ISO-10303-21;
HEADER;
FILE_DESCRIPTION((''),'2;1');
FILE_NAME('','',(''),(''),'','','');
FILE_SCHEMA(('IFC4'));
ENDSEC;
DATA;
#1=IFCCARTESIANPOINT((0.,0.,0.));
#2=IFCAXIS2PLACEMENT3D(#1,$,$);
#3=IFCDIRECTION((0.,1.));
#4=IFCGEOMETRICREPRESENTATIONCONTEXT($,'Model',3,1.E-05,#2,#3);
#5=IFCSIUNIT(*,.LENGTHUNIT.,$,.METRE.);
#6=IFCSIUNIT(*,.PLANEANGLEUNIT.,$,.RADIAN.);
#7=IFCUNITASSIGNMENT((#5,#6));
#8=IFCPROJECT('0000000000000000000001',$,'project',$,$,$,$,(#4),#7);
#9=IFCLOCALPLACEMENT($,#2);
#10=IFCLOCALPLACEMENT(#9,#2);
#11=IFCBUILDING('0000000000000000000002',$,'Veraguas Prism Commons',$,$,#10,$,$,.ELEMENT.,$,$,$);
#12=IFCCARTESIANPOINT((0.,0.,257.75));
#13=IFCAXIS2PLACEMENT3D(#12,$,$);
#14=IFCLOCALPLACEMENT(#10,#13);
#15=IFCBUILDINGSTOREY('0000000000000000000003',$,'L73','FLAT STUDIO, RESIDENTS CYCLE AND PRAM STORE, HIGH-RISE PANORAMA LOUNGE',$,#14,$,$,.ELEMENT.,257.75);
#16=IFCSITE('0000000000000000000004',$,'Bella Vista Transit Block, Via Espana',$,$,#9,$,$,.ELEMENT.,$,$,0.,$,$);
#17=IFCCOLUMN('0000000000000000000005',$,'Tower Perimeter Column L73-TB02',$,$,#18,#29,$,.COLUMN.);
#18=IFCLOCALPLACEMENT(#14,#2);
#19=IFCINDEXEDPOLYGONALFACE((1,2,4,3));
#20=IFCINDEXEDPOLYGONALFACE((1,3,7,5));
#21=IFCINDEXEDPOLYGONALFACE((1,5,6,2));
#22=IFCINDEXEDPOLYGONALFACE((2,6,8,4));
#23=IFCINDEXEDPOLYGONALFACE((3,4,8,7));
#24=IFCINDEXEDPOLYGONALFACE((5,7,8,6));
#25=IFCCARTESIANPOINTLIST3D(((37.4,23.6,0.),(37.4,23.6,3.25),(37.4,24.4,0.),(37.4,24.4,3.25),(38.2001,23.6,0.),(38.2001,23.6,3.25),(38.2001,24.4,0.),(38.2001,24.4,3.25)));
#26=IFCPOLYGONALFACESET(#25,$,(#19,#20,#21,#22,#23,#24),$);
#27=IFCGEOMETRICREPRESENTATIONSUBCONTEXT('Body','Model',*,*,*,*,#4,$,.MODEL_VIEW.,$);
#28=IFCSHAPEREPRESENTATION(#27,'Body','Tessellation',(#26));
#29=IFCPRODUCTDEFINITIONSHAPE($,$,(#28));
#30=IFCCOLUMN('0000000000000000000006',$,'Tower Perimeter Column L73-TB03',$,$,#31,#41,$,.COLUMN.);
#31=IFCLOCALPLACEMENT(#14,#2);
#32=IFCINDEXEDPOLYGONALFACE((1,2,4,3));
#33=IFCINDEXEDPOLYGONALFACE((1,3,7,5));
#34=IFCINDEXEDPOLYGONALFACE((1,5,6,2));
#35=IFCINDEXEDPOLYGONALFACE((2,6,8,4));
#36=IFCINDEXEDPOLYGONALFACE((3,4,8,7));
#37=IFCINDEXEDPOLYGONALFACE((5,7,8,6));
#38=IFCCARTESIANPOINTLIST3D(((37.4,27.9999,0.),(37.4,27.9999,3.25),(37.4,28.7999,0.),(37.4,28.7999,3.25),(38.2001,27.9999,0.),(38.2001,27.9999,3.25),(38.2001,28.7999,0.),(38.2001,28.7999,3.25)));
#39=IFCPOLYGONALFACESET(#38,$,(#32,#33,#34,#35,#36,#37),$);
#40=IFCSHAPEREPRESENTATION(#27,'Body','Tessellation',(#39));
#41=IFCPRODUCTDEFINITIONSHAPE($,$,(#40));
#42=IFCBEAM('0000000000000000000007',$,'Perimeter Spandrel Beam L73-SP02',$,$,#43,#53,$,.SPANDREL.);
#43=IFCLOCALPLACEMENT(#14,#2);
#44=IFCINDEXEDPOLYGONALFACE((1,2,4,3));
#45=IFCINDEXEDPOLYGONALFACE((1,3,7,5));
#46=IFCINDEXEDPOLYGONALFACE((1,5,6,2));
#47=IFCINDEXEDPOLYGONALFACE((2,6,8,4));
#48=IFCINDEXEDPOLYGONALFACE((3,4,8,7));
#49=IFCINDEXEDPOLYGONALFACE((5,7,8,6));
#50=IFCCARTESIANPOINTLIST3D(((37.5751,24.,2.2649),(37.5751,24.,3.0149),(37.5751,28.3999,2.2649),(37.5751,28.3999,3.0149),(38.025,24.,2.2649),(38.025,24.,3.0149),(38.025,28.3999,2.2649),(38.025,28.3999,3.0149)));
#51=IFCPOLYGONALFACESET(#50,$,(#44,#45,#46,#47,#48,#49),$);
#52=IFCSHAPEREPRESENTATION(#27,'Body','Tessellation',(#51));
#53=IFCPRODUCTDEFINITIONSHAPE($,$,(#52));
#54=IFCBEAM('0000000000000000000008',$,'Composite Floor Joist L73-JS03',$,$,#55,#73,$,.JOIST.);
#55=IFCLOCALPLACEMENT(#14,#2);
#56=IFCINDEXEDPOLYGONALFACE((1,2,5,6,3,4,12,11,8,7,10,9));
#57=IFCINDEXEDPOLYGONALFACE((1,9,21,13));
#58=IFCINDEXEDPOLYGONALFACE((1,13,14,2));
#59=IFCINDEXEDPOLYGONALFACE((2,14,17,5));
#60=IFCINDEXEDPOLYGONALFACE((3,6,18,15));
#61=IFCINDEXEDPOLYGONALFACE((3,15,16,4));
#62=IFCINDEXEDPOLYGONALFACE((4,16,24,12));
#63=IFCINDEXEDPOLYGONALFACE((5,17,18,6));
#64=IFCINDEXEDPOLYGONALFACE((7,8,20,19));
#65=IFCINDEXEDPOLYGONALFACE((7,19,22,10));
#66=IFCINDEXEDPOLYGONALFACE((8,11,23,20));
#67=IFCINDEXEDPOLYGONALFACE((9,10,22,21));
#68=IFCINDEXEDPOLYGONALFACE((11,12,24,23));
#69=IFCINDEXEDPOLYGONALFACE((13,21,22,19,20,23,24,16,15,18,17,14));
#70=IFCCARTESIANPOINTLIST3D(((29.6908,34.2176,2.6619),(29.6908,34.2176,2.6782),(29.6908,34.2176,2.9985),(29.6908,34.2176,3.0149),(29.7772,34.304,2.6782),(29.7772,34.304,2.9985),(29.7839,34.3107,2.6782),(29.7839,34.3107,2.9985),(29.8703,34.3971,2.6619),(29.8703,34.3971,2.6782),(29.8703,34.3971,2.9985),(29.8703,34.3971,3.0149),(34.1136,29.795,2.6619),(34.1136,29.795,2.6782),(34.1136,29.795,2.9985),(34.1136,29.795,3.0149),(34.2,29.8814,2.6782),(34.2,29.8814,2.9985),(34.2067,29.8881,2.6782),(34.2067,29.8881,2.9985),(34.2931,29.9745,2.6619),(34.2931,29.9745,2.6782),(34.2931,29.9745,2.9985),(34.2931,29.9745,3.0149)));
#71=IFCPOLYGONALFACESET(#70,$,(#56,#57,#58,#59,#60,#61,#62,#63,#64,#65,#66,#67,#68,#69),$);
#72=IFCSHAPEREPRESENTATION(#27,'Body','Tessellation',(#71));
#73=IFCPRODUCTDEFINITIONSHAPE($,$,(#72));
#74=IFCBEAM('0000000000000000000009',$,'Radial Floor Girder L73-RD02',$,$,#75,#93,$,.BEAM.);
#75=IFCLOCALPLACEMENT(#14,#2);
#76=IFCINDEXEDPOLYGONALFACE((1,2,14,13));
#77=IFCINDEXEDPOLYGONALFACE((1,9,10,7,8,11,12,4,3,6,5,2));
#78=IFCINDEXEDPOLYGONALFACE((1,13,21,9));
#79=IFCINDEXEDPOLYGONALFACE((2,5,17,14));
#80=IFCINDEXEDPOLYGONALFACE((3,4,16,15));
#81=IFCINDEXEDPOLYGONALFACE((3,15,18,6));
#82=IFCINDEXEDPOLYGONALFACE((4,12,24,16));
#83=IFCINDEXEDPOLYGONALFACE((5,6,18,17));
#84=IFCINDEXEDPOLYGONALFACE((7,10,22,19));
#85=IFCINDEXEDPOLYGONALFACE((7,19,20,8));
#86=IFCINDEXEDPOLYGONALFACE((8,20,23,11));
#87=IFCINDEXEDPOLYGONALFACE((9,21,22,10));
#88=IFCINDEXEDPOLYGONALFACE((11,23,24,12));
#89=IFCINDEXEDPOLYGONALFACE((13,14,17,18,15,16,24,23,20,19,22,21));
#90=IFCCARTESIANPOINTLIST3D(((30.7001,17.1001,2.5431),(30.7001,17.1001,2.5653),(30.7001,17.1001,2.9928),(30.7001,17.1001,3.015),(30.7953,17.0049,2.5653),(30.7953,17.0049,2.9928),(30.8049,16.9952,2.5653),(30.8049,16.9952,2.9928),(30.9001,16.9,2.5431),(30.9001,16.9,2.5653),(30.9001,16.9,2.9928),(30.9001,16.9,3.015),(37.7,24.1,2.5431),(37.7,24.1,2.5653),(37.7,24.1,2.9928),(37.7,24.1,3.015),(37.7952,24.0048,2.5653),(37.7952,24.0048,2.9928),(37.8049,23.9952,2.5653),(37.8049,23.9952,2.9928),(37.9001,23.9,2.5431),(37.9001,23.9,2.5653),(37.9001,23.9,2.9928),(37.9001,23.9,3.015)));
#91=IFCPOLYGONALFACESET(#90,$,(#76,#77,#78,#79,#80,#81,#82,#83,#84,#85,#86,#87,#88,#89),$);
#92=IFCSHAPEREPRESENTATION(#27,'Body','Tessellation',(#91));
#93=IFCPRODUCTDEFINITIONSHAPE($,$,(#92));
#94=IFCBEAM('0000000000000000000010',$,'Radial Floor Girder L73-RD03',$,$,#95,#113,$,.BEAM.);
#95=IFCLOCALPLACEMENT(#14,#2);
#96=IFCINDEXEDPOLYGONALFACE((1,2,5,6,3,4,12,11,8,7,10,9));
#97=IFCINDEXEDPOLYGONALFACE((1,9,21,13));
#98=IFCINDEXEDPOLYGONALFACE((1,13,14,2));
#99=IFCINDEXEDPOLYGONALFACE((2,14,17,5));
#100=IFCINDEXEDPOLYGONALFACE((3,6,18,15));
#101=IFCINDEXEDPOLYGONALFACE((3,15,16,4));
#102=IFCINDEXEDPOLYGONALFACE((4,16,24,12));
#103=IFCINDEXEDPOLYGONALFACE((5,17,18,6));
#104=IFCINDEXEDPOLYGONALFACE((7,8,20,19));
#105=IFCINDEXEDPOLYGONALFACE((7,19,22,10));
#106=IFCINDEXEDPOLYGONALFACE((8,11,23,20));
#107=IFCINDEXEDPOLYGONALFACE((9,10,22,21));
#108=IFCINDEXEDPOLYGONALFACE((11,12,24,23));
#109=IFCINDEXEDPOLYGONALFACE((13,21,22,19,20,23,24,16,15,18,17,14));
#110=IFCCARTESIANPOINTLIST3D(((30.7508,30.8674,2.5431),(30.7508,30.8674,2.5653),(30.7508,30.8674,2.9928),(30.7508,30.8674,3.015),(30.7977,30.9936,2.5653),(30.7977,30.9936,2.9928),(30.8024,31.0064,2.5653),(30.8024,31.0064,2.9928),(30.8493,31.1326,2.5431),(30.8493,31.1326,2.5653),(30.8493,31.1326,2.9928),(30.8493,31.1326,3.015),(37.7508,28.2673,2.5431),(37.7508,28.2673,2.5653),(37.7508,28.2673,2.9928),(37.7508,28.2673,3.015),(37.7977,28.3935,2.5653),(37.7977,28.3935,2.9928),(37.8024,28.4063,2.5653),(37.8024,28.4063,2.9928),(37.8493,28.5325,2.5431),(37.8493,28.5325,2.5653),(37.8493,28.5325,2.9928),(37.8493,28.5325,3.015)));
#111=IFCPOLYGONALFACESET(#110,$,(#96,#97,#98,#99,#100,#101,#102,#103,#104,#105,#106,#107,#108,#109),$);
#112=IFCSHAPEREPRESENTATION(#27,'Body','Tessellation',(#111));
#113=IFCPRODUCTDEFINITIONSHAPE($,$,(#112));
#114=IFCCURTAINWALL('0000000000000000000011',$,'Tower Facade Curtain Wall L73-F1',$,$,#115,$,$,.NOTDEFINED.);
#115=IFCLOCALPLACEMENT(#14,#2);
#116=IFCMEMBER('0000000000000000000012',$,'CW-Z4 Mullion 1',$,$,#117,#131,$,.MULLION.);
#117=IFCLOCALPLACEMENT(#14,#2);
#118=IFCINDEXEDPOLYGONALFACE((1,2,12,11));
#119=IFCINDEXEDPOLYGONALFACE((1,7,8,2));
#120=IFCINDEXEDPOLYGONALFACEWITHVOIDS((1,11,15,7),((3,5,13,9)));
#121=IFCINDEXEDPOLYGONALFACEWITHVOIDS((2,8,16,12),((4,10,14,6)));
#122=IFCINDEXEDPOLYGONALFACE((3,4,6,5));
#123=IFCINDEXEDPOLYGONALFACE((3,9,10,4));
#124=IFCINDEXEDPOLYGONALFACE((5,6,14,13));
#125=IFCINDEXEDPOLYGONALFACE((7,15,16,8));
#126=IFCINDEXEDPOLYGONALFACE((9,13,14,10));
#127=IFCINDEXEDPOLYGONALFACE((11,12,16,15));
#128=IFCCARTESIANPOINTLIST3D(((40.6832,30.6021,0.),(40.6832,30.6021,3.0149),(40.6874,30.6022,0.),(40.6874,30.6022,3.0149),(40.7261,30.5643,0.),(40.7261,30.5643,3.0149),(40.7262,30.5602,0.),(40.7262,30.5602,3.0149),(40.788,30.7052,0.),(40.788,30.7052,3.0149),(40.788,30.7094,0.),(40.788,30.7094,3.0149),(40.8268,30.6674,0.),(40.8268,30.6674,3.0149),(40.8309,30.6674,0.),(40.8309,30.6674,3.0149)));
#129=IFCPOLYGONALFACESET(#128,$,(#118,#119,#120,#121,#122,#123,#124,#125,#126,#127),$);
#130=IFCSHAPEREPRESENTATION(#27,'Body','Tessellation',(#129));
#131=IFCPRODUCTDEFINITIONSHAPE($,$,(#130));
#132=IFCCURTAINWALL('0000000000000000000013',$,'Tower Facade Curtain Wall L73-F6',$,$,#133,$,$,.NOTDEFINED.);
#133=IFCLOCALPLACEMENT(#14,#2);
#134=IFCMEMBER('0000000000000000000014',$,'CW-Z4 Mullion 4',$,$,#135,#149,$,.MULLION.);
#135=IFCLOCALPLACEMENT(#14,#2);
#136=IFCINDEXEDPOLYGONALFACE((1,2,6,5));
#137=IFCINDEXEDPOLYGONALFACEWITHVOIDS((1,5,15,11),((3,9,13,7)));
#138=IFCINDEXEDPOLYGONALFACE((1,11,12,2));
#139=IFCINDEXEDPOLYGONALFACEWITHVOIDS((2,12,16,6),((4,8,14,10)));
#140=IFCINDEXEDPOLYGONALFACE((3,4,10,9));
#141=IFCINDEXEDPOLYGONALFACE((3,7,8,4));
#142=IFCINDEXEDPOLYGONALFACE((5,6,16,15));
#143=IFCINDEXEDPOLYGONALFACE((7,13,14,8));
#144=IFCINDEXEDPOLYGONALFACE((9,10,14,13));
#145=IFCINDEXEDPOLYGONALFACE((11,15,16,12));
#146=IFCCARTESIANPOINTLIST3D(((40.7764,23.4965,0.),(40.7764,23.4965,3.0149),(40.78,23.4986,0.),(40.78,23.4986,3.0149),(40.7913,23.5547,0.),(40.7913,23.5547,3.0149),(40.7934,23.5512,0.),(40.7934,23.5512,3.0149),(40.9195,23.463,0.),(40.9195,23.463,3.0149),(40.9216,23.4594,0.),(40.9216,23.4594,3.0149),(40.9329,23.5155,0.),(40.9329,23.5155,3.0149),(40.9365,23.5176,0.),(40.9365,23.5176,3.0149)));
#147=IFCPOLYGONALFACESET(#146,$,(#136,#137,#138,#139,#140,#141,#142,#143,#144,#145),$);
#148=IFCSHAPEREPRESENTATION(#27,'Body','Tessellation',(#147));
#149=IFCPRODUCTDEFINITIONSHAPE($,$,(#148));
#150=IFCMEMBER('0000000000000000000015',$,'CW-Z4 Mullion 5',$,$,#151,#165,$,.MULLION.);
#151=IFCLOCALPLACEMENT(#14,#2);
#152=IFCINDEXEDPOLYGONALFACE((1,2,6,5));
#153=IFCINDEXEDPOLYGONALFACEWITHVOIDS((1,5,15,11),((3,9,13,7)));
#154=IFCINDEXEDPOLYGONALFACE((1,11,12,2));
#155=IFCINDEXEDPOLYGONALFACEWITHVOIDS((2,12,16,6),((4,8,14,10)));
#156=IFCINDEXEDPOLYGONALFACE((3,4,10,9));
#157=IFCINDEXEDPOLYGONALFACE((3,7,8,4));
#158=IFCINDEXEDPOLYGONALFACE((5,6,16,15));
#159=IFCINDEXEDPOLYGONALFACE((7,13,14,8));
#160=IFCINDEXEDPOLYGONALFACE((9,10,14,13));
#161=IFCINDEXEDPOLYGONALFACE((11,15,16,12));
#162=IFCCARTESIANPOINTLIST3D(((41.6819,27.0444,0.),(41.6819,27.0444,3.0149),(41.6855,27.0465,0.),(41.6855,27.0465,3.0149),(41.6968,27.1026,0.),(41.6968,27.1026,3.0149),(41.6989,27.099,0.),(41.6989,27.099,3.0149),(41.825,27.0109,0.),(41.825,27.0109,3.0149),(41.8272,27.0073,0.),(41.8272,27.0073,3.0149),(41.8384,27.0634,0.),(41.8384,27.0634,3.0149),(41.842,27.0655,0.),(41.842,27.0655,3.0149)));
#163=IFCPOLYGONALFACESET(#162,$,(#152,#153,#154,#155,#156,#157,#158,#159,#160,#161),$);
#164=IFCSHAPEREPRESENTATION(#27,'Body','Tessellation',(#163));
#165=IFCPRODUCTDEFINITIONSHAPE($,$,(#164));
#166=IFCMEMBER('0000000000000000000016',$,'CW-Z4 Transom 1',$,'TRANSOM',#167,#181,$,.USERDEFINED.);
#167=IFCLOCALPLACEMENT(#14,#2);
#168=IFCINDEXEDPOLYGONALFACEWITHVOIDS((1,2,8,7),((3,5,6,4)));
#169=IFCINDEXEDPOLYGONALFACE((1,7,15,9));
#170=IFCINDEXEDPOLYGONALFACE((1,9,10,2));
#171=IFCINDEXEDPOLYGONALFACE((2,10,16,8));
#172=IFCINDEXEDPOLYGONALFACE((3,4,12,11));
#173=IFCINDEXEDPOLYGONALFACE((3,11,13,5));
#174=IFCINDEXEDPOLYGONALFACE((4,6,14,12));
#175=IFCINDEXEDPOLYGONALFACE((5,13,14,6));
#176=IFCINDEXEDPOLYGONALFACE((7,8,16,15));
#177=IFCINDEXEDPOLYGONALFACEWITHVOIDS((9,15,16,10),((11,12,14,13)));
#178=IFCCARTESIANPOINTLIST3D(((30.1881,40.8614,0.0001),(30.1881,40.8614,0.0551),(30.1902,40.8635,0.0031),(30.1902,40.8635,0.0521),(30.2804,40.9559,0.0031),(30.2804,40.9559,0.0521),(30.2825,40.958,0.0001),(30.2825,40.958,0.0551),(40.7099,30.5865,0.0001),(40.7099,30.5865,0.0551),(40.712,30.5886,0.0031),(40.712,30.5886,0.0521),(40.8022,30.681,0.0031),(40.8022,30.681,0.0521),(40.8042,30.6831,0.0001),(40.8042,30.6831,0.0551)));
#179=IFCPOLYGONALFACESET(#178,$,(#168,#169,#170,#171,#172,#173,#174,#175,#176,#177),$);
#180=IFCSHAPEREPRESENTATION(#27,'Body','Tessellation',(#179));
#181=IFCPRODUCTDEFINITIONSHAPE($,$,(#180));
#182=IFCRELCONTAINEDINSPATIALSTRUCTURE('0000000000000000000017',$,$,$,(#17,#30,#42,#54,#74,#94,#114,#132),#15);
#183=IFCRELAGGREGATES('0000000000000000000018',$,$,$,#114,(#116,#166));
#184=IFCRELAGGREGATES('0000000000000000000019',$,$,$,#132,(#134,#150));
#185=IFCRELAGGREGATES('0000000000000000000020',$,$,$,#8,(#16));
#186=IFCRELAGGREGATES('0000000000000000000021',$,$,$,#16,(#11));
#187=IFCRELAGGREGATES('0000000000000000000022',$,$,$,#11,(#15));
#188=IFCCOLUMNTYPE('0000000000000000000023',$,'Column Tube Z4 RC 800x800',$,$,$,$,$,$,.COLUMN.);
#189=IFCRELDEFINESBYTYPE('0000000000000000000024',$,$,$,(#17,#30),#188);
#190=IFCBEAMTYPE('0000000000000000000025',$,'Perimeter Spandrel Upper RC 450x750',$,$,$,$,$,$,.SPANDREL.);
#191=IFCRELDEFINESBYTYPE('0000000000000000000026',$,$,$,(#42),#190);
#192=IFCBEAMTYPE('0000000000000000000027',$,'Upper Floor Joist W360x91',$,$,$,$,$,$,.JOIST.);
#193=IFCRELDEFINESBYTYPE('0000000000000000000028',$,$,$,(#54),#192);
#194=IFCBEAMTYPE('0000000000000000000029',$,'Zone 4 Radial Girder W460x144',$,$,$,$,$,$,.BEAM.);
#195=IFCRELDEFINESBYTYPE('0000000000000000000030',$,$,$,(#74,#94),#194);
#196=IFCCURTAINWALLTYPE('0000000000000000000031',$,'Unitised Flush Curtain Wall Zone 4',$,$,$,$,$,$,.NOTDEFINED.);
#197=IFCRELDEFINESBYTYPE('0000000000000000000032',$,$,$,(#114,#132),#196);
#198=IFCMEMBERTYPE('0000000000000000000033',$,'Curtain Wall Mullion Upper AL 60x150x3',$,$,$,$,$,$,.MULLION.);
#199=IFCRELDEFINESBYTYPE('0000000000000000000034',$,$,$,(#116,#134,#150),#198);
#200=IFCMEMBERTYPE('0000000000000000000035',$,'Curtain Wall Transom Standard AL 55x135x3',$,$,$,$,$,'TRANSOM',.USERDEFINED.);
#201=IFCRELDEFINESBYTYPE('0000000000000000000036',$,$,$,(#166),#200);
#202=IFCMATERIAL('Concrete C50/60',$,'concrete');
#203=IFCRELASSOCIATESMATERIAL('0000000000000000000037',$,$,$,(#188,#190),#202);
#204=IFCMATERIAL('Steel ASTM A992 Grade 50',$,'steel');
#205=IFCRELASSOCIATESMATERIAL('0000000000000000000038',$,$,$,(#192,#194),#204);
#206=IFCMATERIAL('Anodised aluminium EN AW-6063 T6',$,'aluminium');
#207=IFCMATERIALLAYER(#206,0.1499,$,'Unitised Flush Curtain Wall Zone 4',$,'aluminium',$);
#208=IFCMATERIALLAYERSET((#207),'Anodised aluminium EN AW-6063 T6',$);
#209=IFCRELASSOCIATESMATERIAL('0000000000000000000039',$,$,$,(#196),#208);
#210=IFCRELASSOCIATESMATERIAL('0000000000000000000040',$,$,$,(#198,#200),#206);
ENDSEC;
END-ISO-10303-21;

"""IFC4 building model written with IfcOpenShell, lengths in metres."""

from ifc_helpers import new_model, si_unit, direction, frame, origin, origin_2d, place, context, subcontext, project, spatial, rectangle, hollow_rectangle, i_section, extrude, source, transform, mapped, material, layer, layer_set, material_profile, profile_set, type_object, element, aggregate, save


model = new_model("IFC4")

# Units and contexts
model_context = context("Model", 3, precision=1e-05, world=origin(), true_north=direction((0.0, 1.0)))
body_context = subcontext(model_context, "Body", "Model", "MODEL_VIEW")
ifc_project = project(units=[si_unit("LENGTHUNIT", "METRE"), si_unit("PLANEANGLEUNIT", "RADIAN")], contexts=[model_context])

# Site, building, storey
site_placement = place(None, origin())
site = spatial("IfcSite", under=ifc_project, at=site_placement, Name="Bella Vista Transit Block, Via Espana", CompositionType="ELEMENT", RefElevation=0.0)
building_placement = place(site_placement, origin())
building = spatial("IfcBuilding", under=site, at=building_placement, Name="Veraguas Prism Commons", CompositionType="ELEMENT")
storey_placement = place(building_placement, frame((0.0, 0.0, 257.75)))
storey = spatial("IfcBuildingStorey", under=building, at=storey_placement, Name="L73", Description="FLAT STUDIO, RESIDENTS CYCLE AND PRAM STORE, HIGH-RISE PANORAMA LOUNGE", CompositionType="ELEMENT", Elevation=257.75)

# Columns
ifc_material_1 = material(Name="Concrete C50/60", Category="concrete")
ifc_material_profile_1 = material_profile(ifc_material_1, rectangle(XDim=0.8, YDim=0.8, at=origin_2d()), Name="RC800X800")
ifc_profile_set_1 = profile_set([ifc_material_profile_1], Name="Concrete C50/60")
column_type = type_object("IfcColumnType", Name="Column Tube Z4 RC 800x800", PredefinedType="COLUMN", material=ifc_profile_set_1)
for number, where, z_axis, x_axis, name in (
    (1, (37.8, 24.0, 0.0), (0.0, 0.0, 1.0), (1.0, 0.0, 0.0), "Tower Perimeter Column L73-TB02"),
    (2, (37.8, 28.3999, 0.0), (0.0, 0.0, 1.0), (1.0, 0.0, 0.0), "Tower Perimeter Column L73-TB03"),
):
    element("IfcColumn", number, at=place(storey_placement, frame(where, z_axis=z_axis, x_axis=x_axis)), inside=storey, type_object=column_type, Name=name, PredefinedType="COLUMN", context=body_context, shape_type="SweptSolid", body=[
        extrude(rectangle(XDim=0.8, YDim=0.8, at=origin_2d()), origin(), (0.0, 0.0, 1.0), 3.25),
    ])

# Beams
ifc_material_profile_2 = material_profile(ifc_material_1, rectangle(XDim=0.45, YDim=0.75, at=origin_2d()), Name="RC450X750")
ifc_profile_set_2 = profile_set([ifc_material_profile_2], Name="Concrete C50/60")
beam_type_1 = type_object("IfcBeamType", Name="Perimeter Spandrel Upper RC 450x750", PredefinedType="SPANDREL", material=ifc_profile_set_2)
beam_1_placement = place(storey_placement, frame((37.8, 24.0, 2.6399), z_axis=(0.0, 1.0, 0.0), x_axis=(-1.0, 0.0, 0.0)))
element("IfcBeam", 3, at=beam_1_placement, inside=storey, type_object=beam_type_1, Name="Perimeter Spandrel Beam L73-SP02", PredefinedType="SPANDREL", context=body_context, shape_type="SweptSolid", body=[
    extrude(rectangle(XDim=0.45, YDim=0.75, at=origin_2d()), origin(), (0.0, 0.0, 1.0), 4.3999),
])
ifc_material_2 = material(Name="Steel ASTM A992 Grade 50", Category="steel")
ifc_material_profile_3 = material_profile(ifc_material_2, i_section(OverallWidth=0.2539, OverallDepth=0.353, WebThickness=0.0095, FlangeThickness=0.0164, at=origin_2d()), Name="W360X91")
ifc_profile_set_3 = profile_set([ifc_material_profile_3], Name="Steel ASTM A992 Grade 50")
beam_type_2 = type_object("IfcBeamType", Name="Upper Floor Joist W360x91", PredefinedType="JOIST", material=ifc_profile_set_3)
beam_2_placement = place(storey_placement, frame((34.2034, 29.8848, 2.8384), z_axis=(-0.707126, 0.707087, 0.0), x_axis=(-0.707087, -0.707126, 0.0)))
element("IfcBeam", 4, at=beam_2_placement, inside=storey, type_object=beam_type_2, Name="Composite Floor Joist L73-JS03", PredefinedType="JOIST", context=body_context, shape_type="SweptSolid", body=[
    extrude(i_section(OverallWidth=0.2539, OverallDepth=0.353, WebThickness=0.0095, FlangeThickness=0.0164, at=origin_2d()), origin(), (0.0, 0.0, 1.0), 6.2546),
])
ifc_material_profile_4 = material_profile(ifc_material_2, i_section(OverallWidth=0.283, OverallDepth=0.4719, WebThickness=0.0137, FlangeThickness=0.0222, at=origin_2d()), Name="W460X144")
ifc_profile_set_4 = profile_set([ifc_material_profile_4], Name="Steel ASTM A992 Grade 50")
beam_type_3 = type_object("IfcBeamType", Name="Zone 4 Radial Girder W460x144", PredefinedType="BEAM", material=ifc_profile_set_4)
beam_3_placement = place(storey_placement, frame((37.8, 24.0, 2.7791), z_axis=(-0.707107, -0.707107, 0.0), x_axis=(0.707107, -0.707107, 0.0)))
element("IfcBeam", 5, at=beam_3_placement, inside=storey, type_object=beam_type_3, Name="Radial Floor Girder L73-RD02", PredefinedType="BEAM", context=body_context, shape_type="SweptSolid", body=[
    extrude(i_section(OverallWidth=0.283, OverallDepth=0.4719, WebThickness=0.0137, FlangeThickness=0.0222, at=origin_2d()), origin(), (0.0, 0.0, 1.0), 9.8994),
])
beam_4_placement = place(storey_placement, frame((37.8, 28.3999, 2.7791), z_axis=(-0.937421, 0.348198, 0.0), x_axis=(-0.348198, -0.937421, 0.0)))
element("IfcBeam", 6, at=beam_4_placement, inside=storey, type_object=beam_type_3, Name="Radial Floor Girder L73-RD03", PredefinedType="BEAM", context=body_context, shape_type="SweptSolid", body=[
    extrude(i_section(OverallWidth=0.283, OverallDepth=0.4719, WebThickness=0.0137, FlangeThickness=0.0222, at=origin_2d()), origin(), (0.0, 0.0, 1.0), 7.4673),
])

# Curtain wall, member
ifc_material_3 = material(Name="Anodised aluminium EN AW-6063 T6", Category="aluminium")
ifc_layer_1 = layer(ifc_material_3, 0.1499, Name="Unitised Flush Curtain Wall Zone 4", Category="aluminium")
ifc_layer_set_1 = layer_set([ifc_layer_1], Name="Anodised aluminium EN AW-6063 T6")
curtain_wall_type = type_object("IfcCurtainWallType", Name="Unitised Flush Curtain Wall Zone 4", PredefinedType="NOTDEFINED", material=ifc_layer_set_1)
curtain_wall_1_placement = place(storey_placement, origin())
curtain_wall_1 = element("IfcCurtainWall", 7, at=curtain_wall_1_placement, inside=storey, type_object=curtain_wall_type, Name="Tower Facade Curtain Wall L73-F1", PredefinedType="NOTDEFINED")
ifc_material_profile_5 = material_profile(ifc_material_3, hollow_rectangle(XDim=0.0601, YDim=0.1499, WallThickness=0.0029, at=origin_2d()), Name="AL60X150X3")
ifc_profile_set_5 = profile_set([ifc_material_profile_5], Name="Anodised aluminium EN AW-6063 T6")
member_type_1 = type_object("IfcMemberType", Name="Curtain Wall Mullion Upper AL 60x150x3", PredefinedType="MULLION", material=ifc_profile_set_5)
shared_shape_1 = source(origin(), body_context, "Body", "SweptSolid", [
    extrude(hollow_rectangle(XDim=0.0601, YDim=0.1499, WallThickness=0.0029, at=origin_2d()), origin(), (0.0, 0.0, 1.0), 3.0149),
])
member_1_placement = place(storey_placement, frame((40.7571, 30.6348, 0.0), z_axis=(0.0, 0.0, 1.0), x_axis=(-0.715448, 0.698666, 0.0)))
member_1 = element("IfcMember", 8, at=member_1_placement, type_object=member_type_1, Name="CW-Z4 Mullion 1", PredefinedType="MULLION", context=body_context, shape_type="MappedRepresentation", body=[
    mapped(shared_shape_1, transform((0.0, 0.0, 0.0), scale=1.0)),
])

# Curtain wall, members
curtain_wall_2_placement = place(storey_placement, origin())
curtain_wall_2 = element("IfcCurtainWall", 9, at=curtain_wall_2_placement, inside=storey, type_object=curtain_wall_type, Name="Tower Facade Curtain Wall L73-F6", PredefinedType="NOTDEFINED")
member_2_placement = place(storey_placement, frame((40.8564, 23.5071, 0.0), z_axis=(0.0, 0.0, 1.0), x_axis=(0.247339, 0.968929, 0.0)))
member_2 = element("IfcMember", 10, at=member_2_placement, type_object=member_type_1, Name="CW-Z4 Mullion 4", PredefinedType="MULLION", context=body_context, shape_type="MappedRepresentation", body=[
    mapped(shared_shape_1, transform((0.0, 0.0, 0.0), scale=1.0)),
])
member_3_placement = place(storey_placement, frame((41.762, 27.0549, 0.0), z_axis=(0.0, 0.0, 1.0), x_axis=(0.247339, 0.968929, 0.0)))
member_3 = element("IfcMember", 11, at=member_3_placement, type_object=member_type_1, Name="CW-Z4 Mullion 5", PredefinedType="MULLION", context=body_context, shape_type="MappedRepresentation", body=[
    mapped(shared_shape_1, transform((0.0, 0.0, 0.0), scale=1.0)),
])

# Member
ifc_material_profile_6 = material_profile(ifc_material_3, hollow_rectangle(XDim=0.0549, YDim=0.135, WallThickness=0.0029, at=origin_2d()), Name="AL55X135X3")
ifc_profile_set_6 = profile_set([ifc_material_profile_6], Name="Anodised aluminium EN AW-6063 T6")
member_type_2 = type_object("IfcMemberType", Name="Curtain Wall Transom Standard AL 55x135x3", ElementType="TRANSOM", PredefinedType="USERDEFINED", material=ifc_profile_set_6)
shared_shape_2 = source(origin(), body_context, "Body", "SweptSolid", [
    extrude(hollow_rectangle(XDim=0.0549, YDim=0.135, WallThickness=0.0029, at=origin_2d()), origin(), (0.0, 0.0, 1.0), 14.7065),
])
member_4_placement = place(storey_placement, frame((40.7571, 30.6348, 0.0276), z_axis=(-0.715449, 0.698665, 0.0), x_axis=(0.0, 0.0, 1.0)))
member_4 = element("IfcMember", 12, at=member_4_placement, type_object=member_type_2, Name="CW-Z4 Transom 1", ObjectType="TRANSOM", PredefinedType="USERDEFINED", context=body_context, shape_type="MappedRepresentation", body=[
    mapped(shared_shape_2, transform((0.0, 0.0, 0.0), scale=1.0)),
])
aggregate(curtain_wall_1, [member_1, member_4])

aggregate(curtain_wall_2, [member_2, member_3])

save(model, "model.ifc")
